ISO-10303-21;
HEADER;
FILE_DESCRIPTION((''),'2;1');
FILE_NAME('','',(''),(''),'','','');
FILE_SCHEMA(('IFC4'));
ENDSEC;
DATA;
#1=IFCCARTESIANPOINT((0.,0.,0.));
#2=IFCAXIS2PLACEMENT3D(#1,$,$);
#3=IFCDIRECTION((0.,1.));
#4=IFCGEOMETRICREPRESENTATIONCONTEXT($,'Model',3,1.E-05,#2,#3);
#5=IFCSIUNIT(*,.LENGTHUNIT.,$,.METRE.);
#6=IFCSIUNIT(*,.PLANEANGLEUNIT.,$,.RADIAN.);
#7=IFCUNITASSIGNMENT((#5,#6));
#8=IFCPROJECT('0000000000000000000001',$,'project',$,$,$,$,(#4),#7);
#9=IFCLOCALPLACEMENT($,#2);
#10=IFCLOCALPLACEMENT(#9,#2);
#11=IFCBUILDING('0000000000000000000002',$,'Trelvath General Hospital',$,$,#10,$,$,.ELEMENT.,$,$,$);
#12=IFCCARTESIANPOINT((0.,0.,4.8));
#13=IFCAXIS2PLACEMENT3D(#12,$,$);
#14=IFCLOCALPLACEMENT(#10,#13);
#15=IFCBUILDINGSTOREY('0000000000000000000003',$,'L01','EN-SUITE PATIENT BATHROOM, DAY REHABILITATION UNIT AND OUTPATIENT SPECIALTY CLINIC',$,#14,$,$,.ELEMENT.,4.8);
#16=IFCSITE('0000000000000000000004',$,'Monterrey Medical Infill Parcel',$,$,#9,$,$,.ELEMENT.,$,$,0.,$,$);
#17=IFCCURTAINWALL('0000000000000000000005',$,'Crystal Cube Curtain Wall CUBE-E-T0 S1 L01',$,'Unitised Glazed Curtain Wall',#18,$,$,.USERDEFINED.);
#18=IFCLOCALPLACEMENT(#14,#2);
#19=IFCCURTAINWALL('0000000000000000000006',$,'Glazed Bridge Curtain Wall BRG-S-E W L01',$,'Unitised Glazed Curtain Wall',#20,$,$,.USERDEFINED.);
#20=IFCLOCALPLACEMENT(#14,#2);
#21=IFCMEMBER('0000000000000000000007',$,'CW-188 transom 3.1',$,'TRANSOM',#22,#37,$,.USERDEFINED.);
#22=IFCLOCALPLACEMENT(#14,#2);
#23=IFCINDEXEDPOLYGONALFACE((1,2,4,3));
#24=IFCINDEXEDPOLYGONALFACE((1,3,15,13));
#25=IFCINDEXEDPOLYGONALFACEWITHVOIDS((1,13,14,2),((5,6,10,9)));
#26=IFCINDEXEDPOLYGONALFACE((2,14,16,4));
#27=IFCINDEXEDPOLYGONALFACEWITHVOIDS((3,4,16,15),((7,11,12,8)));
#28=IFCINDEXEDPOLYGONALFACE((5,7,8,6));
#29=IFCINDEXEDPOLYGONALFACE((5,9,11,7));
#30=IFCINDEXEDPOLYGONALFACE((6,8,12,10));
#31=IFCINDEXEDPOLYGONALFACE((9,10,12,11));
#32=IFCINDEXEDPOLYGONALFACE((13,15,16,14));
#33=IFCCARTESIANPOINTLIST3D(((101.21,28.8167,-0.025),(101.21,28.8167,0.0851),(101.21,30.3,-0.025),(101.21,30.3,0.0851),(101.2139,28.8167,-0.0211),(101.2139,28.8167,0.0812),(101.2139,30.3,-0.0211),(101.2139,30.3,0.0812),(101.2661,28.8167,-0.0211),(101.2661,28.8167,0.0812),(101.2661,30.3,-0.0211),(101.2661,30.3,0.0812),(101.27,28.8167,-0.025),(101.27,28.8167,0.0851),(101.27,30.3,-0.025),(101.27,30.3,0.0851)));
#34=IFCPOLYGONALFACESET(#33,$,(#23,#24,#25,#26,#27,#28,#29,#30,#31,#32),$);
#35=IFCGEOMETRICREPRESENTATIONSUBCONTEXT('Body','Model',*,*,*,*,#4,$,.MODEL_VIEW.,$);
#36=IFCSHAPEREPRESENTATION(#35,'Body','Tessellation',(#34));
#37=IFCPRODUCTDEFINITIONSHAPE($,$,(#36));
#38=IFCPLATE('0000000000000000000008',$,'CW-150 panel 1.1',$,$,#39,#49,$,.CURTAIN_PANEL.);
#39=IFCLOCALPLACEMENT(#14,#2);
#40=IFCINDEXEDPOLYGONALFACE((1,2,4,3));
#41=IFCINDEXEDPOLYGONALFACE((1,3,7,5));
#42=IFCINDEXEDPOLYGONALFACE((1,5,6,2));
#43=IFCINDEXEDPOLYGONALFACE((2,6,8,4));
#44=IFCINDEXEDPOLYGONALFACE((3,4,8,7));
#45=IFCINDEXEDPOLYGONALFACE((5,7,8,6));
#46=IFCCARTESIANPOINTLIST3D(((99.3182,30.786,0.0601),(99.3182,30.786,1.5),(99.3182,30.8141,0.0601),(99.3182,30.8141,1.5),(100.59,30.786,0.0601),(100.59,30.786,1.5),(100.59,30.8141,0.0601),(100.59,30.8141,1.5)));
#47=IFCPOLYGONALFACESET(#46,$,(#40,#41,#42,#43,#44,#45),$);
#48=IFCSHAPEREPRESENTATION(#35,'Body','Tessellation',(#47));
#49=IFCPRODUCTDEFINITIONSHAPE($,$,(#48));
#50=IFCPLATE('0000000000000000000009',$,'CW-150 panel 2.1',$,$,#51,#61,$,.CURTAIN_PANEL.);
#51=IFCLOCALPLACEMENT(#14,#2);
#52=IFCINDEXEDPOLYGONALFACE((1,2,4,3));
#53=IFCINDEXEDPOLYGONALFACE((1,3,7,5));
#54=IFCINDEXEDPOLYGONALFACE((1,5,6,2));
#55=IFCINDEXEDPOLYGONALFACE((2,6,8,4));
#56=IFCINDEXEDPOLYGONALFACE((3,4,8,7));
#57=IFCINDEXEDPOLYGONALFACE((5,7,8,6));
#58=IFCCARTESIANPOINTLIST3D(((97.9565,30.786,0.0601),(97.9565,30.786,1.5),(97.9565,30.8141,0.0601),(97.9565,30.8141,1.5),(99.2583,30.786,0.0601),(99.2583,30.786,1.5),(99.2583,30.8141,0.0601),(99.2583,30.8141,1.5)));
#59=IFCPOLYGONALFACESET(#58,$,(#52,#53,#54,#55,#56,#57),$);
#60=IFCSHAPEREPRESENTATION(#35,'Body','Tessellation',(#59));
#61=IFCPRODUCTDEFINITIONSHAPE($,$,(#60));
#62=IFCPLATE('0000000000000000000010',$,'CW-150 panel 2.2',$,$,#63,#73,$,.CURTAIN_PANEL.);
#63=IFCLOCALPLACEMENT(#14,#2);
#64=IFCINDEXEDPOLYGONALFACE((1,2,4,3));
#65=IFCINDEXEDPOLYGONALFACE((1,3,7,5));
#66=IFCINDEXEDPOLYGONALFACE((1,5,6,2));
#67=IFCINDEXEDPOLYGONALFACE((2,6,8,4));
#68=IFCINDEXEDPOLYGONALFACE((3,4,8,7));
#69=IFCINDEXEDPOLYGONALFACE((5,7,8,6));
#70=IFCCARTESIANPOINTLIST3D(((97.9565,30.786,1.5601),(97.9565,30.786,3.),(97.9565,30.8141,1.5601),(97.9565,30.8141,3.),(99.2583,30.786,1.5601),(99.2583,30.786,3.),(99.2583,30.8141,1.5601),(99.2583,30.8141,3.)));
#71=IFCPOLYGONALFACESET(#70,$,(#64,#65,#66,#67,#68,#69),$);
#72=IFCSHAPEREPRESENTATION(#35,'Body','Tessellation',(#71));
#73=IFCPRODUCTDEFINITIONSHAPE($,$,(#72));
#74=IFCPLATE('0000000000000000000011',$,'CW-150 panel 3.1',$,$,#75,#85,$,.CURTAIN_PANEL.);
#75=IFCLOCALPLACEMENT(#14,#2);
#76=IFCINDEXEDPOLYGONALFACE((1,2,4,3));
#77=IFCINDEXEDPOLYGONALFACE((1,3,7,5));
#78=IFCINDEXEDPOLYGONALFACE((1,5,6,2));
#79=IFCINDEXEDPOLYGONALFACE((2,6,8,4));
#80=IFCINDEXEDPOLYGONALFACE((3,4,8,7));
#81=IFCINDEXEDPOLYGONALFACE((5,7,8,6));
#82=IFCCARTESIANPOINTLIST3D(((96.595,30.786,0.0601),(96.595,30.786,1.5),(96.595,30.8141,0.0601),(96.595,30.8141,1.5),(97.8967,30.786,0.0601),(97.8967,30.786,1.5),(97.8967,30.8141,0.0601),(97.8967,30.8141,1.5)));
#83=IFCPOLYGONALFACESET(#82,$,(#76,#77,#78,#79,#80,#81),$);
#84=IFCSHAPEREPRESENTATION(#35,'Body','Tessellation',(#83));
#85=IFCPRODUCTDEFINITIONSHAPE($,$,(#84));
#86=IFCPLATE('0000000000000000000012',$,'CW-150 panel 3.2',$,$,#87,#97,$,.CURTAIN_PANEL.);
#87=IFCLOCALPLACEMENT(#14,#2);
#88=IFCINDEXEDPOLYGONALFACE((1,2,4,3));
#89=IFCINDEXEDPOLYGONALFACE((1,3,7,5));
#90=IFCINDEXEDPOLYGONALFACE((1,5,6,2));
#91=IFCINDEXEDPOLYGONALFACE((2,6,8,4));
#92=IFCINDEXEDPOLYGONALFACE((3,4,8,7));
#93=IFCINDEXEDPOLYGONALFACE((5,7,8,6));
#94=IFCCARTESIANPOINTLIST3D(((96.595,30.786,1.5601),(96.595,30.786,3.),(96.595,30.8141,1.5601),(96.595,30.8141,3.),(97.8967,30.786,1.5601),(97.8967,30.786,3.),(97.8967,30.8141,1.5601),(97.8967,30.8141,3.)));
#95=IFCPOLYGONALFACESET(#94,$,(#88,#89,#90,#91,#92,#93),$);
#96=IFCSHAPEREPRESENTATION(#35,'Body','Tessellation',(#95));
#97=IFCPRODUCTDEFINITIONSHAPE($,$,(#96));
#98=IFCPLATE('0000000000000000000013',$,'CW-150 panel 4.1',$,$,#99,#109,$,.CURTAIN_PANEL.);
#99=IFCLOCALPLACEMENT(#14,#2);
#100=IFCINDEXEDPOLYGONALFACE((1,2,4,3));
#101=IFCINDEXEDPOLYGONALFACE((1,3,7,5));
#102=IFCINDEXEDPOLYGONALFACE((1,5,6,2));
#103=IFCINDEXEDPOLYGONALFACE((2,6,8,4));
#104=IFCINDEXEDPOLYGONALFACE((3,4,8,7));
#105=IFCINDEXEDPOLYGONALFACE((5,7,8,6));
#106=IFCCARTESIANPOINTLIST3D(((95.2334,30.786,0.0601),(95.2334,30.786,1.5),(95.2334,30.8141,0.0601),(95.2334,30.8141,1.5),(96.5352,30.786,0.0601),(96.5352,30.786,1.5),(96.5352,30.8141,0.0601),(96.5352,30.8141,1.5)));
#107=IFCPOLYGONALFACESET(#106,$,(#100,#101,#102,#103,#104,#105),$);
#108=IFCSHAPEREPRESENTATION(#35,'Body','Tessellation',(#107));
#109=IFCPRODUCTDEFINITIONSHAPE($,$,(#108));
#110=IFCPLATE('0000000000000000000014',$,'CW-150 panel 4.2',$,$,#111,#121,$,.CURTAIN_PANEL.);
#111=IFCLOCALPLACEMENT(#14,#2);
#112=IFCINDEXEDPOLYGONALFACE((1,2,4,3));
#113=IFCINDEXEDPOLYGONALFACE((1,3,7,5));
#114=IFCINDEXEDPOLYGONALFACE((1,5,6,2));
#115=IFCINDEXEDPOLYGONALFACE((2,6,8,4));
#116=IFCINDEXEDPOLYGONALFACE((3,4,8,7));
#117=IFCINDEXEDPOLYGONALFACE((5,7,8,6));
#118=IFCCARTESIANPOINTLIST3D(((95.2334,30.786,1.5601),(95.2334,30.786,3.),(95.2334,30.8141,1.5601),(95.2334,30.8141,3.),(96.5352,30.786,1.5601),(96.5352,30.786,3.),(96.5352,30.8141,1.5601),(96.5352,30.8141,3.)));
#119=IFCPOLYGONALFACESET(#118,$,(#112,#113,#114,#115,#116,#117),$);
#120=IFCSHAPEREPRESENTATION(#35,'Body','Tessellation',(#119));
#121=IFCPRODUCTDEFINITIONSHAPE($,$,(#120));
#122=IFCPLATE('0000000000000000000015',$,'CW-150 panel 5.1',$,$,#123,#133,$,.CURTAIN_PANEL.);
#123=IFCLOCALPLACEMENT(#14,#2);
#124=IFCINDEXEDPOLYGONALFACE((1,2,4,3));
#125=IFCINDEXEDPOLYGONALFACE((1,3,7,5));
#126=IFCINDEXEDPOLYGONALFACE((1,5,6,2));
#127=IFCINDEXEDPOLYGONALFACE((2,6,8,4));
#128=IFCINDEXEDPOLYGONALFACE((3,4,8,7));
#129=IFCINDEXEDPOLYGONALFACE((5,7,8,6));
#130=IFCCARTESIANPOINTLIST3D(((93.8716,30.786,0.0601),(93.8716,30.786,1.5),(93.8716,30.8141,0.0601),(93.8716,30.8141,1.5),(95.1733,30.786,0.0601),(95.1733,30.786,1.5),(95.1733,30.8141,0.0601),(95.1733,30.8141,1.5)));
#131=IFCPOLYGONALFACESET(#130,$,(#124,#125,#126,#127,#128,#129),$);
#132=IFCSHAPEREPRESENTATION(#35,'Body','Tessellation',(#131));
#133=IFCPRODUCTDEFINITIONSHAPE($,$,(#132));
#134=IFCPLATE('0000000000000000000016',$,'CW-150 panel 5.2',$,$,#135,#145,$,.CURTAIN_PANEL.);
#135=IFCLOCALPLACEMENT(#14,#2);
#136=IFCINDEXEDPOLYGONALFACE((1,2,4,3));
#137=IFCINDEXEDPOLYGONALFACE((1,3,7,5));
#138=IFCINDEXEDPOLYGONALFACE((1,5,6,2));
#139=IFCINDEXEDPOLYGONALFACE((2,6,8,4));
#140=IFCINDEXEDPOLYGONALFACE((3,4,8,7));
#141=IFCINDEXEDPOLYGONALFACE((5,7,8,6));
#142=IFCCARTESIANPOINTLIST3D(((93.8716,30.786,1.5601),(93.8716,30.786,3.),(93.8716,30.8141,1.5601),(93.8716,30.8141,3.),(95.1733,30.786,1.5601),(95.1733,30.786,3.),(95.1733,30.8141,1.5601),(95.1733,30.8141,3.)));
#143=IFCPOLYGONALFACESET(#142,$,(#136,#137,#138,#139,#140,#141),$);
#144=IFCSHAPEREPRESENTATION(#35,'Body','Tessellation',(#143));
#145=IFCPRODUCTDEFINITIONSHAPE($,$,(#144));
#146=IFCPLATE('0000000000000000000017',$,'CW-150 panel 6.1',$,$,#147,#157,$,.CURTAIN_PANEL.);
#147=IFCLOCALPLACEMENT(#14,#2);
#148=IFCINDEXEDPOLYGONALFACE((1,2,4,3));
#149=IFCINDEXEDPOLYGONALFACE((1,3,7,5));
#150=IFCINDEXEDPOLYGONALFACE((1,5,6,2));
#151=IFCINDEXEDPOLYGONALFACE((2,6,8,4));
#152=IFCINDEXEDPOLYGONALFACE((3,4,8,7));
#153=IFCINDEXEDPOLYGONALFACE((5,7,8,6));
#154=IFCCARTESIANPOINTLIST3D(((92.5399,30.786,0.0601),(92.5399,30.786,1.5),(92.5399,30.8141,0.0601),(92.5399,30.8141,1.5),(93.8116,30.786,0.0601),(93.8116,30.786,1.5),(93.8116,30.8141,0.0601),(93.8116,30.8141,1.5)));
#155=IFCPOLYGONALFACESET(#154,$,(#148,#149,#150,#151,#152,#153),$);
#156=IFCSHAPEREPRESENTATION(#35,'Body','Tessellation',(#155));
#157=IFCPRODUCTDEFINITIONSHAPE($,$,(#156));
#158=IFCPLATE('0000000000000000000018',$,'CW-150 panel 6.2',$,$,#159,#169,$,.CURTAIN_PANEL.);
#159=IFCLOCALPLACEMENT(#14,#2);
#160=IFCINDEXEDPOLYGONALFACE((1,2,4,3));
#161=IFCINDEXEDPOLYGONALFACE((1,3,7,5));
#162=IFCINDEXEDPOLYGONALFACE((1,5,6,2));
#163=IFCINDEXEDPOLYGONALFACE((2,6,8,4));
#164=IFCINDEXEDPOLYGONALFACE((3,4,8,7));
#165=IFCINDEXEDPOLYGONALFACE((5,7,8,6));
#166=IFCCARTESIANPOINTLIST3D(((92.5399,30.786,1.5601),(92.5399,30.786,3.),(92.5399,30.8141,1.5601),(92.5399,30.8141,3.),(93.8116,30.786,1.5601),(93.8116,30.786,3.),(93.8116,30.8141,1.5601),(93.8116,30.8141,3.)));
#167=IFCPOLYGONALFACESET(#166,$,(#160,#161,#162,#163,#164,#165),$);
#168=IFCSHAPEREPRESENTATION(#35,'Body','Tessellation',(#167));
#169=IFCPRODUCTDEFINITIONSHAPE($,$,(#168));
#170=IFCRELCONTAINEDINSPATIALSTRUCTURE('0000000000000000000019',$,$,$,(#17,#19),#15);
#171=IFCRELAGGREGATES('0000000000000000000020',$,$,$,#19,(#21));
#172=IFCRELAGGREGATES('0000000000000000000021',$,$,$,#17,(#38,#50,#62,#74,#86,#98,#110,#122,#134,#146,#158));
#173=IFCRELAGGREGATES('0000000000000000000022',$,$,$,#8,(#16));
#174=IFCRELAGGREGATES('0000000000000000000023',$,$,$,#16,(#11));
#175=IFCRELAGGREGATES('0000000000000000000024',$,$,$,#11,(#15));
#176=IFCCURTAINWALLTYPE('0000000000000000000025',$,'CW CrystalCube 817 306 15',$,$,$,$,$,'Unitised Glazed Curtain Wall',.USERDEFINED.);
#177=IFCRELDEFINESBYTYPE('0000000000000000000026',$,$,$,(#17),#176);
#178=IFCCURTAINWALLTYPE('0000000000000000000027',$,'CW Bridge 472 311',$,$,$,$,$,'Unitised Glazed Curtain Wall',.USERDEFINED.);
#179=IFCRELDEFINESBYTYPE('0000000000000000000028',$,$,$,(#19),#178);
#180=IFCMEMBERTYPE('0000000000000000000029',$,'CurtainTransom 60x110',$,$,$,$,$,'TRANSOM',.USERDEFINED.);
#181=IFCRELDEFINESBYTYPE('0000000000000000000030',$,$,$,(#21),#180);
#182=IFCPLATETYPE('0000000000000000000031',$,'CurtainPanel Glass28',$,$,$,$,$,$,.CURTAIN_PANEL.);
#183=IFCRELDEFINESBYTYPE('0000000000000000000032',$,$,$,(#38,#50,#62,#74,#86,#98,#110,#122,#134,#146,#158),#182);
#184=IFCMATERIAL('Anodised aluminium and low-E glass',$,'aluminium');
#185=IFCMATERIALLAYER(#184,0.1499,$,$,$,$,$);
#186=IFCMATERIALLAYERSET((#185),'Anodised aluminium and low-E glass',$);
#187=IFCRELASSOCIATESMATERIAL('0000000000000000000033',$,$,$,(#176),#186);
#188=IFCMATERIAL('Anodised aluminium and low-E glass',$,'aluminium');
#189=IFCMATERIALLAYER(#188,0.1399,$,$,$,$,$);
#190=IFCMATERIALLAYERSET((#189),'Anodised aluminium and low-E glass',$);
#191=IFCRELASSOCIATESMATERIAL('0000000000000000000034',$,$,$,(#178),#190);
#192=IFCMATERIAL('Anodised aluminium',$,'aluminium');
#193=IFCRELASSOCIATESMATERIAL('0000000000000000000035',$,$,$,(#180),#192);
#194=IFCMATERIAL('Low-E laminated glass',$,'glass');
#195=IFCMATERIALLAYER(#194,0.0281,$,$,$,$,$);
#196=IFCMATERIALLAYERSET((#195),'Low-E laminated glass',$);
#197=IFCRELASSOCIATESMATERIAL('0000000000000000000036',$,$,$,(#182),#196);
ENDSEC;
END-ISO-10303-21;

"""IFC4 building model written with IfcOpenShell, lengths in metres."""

from ifc_helpers import new_model, si_unit, direction, frame, origin, origin_2d, place, context, subcontext, project, spatial, rectangle, hollow_rectangle, extrude, material, layer, layer_set, material_profile, profile_set, type_object, element, aggregate, save


model = new_model("IFC4")

# Units and contexts
model_context = context("Model", 3, precision=1e-05, world=origin(), true_north=direction((0.0, 1.0)))
body_context = subcontext(model_context, "Body", "Model", "MODEL_VIEW")
ifc_project = project(units=[si_unit("LENGTHUNIT", "METRE"), si_unit("PLANEANGLEUNIT", "RADIAN")], contexts=[model_context])

# Site, building, storey
site_placement = place(None, origin())
site = spatial("IfcSite", under=ifc_project, at=site_placement, Name="Monterrey Medical Infill Parcel", CompositionType="ELEMENT", RefElevation=0.0)
building_placement = place(site_placement, origin())
building = spatial("IfcBuilding", under=site, at=building_placement, Name="Trelvath General Hospital", CompositionType="ELEMENT")
storey_placement = place(building_placement, frame((0.0, 0.0, 4.8)))
storey = spatial("IfcBuildingStorey", under=building, at=storey_placement, Name="L01", Description="EN-SUITE PATIENT BATHROOM, DAY REHABILITATION UNIT AND OUTPATIENT SPECIALTY CLINIC", CompositionType="ELEMENT", Elevation=4.8)

# Curtain wall
ifc_material_1 = material(Name="Anodised aluminium and low-E glass", Category="aluminium")
ifc_layer_1 = layer(ifc_material_1, 0.1499)
ifc_layer_set_1 = layer_set([ifc_layer_1], Name="Anodised aluminium and low-E glass")
curtain_wall_type_1 = type_object("IfcCurtainWallType", Name="CW CrystalCube 817 306 15", ElementType="Unitised Glazed Curtain Wall", PredefinedType="USERDEFINED", material=ifc_layer_set_1)
curtain_wall_1_placement = place(storey_placement, origin())
curtain_wall_1 = element("IfcCurtainWall", 1, at=curtain_wall_1_placement, inside=storey, type_object=curtain_wall_type_1, Name="Crystal Cube Curtain Wall CUBE-E-T0 S1 L01", ObjectType="Unitised Glazed Curtain Wall", PredefinedType="USERDEFINED")

# Curtain wall
ifc_material_2 = material(Name="Anodised aluminium and low-E glass", Category="aluminium")
ifc_layer_2 = layer(ifc_material_2, 0.1399)
ifc_layer_set_2 = layer_set([ifc_layer_2], Name="Anodised aluminium and low-E glass")
curtain_wall_type_2 = type_object("IfcCurtainWallType", Name="CW Bridge 472 311", ElementType="Unitised Glazed Curtain Wall", PredefinedType="USERDEFINED", material=ifc_layer_set_2)
curtain_wall_2_placement = place(storey_placement, origin())
curtain_wall_2 = element("IfcCurtainWall", 2, at=curtain_wall_2_placement, inside=storey, type_object=curtain_wall_type_2, Name="Glazed Bridge Curtain Wall BRG-S-E W L01", ObjectType="Unitised Glazed Curtain Wall", PredefinedType="USERDEFINED")

# Member
ifc_material_3 = material(Name="Anodised aluminium", Category="aluminium")
ifc_material_profile_1 = material_profile(ifc_material_3, hollow_rectangle(XDim=0.0601, YDim=0.1101, WallThickness=0.0039, at=origin_2d()), Name="RHS60x110x4")
ifc_profile_set_1 = profile_set([ifc_material_profile_1], Name="Anodised aluminium")
member_type_1 = type_object("IfcMemberType", Name="CurtainTransom 60x110", ElementType="TRANSOM", PredefinedType="USERDEFINED", material=ifc_profile_set_1)
member_1_placement = place(storey_placement, frame((101.24, 28.8167, 0.03), z_axis=(0.0, 1.0, 0.0), x_axis=(-1.0, 0.0, 0.0)))
member_1 = element("IfcMember", 3, at=member_1_placement, type_object=member_type_1, Name="CW-188 transom 3.1", ObjectType="TRANSOM", PredefinedType="USERDEFINED", context=body_context, shape_type="SweptSolid", body=[
    extrude(hollow_rectangle(XDim=0.0601, YDim=0.1101, WallThickness=0.0039, at=origin_2d()), origin(), (0.0, 0.0, 1.0), 1.4834),
])
aggregate(curtain_wall_2, [member_1])

# Plates
ifc_material_4 = material(Name="Low-E laminated glass", Category="glass")
ifc_layer_3 = layer(ifc_material_4, 0.0281)
ifc_layer_set_3 = layer_set([ifc_layer_3], Name="Low-E laminated glass")
plate_type = type_object("IfcPlateType", Name="CurtainPanel Glass28", PredefinedType="CURTAIN_PANEL", material=ifc_layer_set_3)
plate_1_placement = place(storey_placement, frame((99.9541, 30.8, 0.0601), z_axis=(0.0, 0.0, 1.0), x_axis=(-1.0, 0.0, 0.0)))
plate_1 = element("IfcPlate", 4, at=plate_1_placement, type_object=plate_type, Name="CW-150 panel 1.1", PredefinedType="CURTAIN_PANEL", context=body_context, shape_type="SweptSolid", body=[
    extrude(rectangle(XDim=1.2717, YDim=0.0281, at=origin_2d()), origin(), (0.0, 0.0, 1.0), 1.4399),
])
plate_2_placement = place(storey_placement, frame((98.6074, 30.8, 0.0601), z_axis=(0.0, 0.0, 1.0), x_axis=(-1.0, 0.0, 0.0)))
plate_2 = element("IfcPlate", 5, at=plate_2_placement, type_object=plate_type, Name="CW-150 panel 2.1", PredefinedType="CURTAIN_PANEL", context=body_context, shape_type="SweptSolid", body=[
    extrude(rectangle(XDim=1.3018, YDim=0.0281, at=origin_2d()), origin(), (0.0, 0.0, 1.0), 1.4399),
])
plate_3_placement = place(storey_placement, frame((98.6074, 30.8, 1.5601), z_axis=(0.0, 0.0, 1.0), x_axis=(-1.0, 0.0, 0.0)))
plate_3 = element("IfcPlate", 6, at=plate_3_placement, type_object=plate_type, Name="CW-150 panel 2.2", PredefinedType="CURTAIN_PANEL", context=body_context, shape_type="SweptSolid", body=[
    extrude(rectangle(XDim=1.3018, YDim=0.0281, at=origin_2d()), origin(), (0.0, 0.0, 1.0), 1.4399),
])
plate_4_placement = place(storey_placement, frame((97.2458, 30.8, 0.0601), z_axis=(0.0, 0.0, 1.0), x_axis=(-1.0, 0.0, 0.0)))
plate_4 = element("IfcPlate", 7, at=plate_4_placement, type_object=plate_type, Name="CW-150 panel 3.1", PredefinedType="CURTAIN_PANEL", context=body_context, shape_type="SweptSolid", body=[
    extrude(rectangle(XDim=1.3018, YDim=0.0281, at=origin_2d()), origin(), (0.0, 0.0, 1.0), 1.4399),
])
plate_5_placement = place(storey_placement, frame((97.2458, 30.8, 1.5601), z_axis=(0.0, 0.0, 1.0), x_axis=(-1.0, 0.0, 0.0)))
plate_5 = element("IfcPlate", 8, at=plate_5_placement, type_object=plate_type, Name="CW-150 panel 3.2", PredefinedType="CURTAIN_PANEL", context=body_context, shape_type="SweptSolid", body=[
    extrude(rectangle(XDim=1.3018, YDim=0.0281, at=origin_2d()), origin(), (0.0, 0.0, 1.0), 1.4399),
])
plate_6_placement = place(storey_placement, frame((95.8843, 30.8, 0.0601), z_axis=(0.0, 0.0, 1.0), x_axis=(-1.0, 0.0, 0.0)))
plate_6 = element("IfcPlate", 9, at=plate_6_placement, type_object=plate_type, Name="CW-150 panel 4.1", PredefinedType="CURTAIN_PANEL", context=body_context, shape_type="SweptSolid", body=[
    extrude(rectangle(XDim=1.3018, YDim=0.0281, at=origin_2d()), origin(), (0.0, 0.0, 1.0), 1.4399),
])
plate_7_placement = place(storey_placement, frame((95.8843, 30.8, 1.5601), z_axis=(0.0, 0.0, 1.0), x_axis=(-1.0, 0.0, 0.0)))
plate_7 = element("IfcPlate", 10, at=plate_7_placement, type_object=plate_type, Name="CW-150 panel 4.2", PredefinedType="CURTAIN_PANEL", context=body_context, shape_type="SweptSolid", body=[
    extrude(rectangle(XDim=1.3018, YDim=0.0281, at=origin_2d()), origin(), (0.0, 0.0, 1.0), 1.4399),
])
plate_8_placement = place(storey_placement, frame((94.5225, 30.8, 0.0601), z_axis=(0.0, 0.0, 1.0), x_axis=(-1.0, 0.0, 0.0)))
plate_8 = element("IfcPlate", 11, at=plate_8_placement, type_object=plate_type, Name="CW-150 panel 5.1", PredefinedType="CURTAIN_PANEL", context=body_context, shape_type="SweptSolid", body=[
    extrude(rectangle(XDim=1.3018, YDim=0.0281, at=origin_2d()), origin(), (0.0, 0.0, 1.0), 1.4399),
])
plate_9_placement = place(storey_placement, frame((94.5225, 30.8, 1.5601), z_axis=(0.0, 0.0, 1.0), x_axis=(-1.0, 0.0, 0.0)))
plate_9 = element("IfcPlate", 12, at=plate_9_placement, type_object=plate_type, Name="CW-150 panel 5.2", PredefinedType="CURTAIN_PANEL", context=body_context, shape_type="SweptSolid", body=[
    extrude(rectangle(XDim=1.3018, YDim=0.0281, at=origin_2d()), origin(), (0.0, 0.0, 1.0), 1.4399),
])
plate_10_placement = place(storey_placement, frame((93.1758, 30.8, 0.0601), z_axis=(0.0, 0.0, 1.0), x_axis=(-1.0, 0.0, 0.0)))
plate_10 = element("IfcPlate", 13, at=plate_10_placement, type_object=plate_type, Name="CW-150 panel 6.1", PredefinedType="CURTAIN_PANEL", context=body_context, shape_type="SweptSolid", body=[
    extrude(rectangle(XDim=1.2717, YDim=0.0281, at=origin_2d()), origin(), (0.0, 0.0, 1.0), 1.4399),
])
plate_11_placement = place(storey_placement, frame((93.1758, 30.8, 1.5601), z_axis=(0.0, 0.0, 1.0), x_axis=(-1.0, 0.0, 0.0)))
plate_11 = element("IfcPlate", 14, at=plate_11_placement, type_object=plate_type, Name="CW-150 panel 6.2", PredefinedType="CURTAIN_PANEL", context=body_context, shape_type="SweptSolid", body=[
    extrude(rectangle(XDim=1.2717, YDim=0.0281, at=origin_2d()), origin(), (0.0, 0.0, 1.0), 1.4399),
])
aggregate(curtain_wall_1, [plate_1, plate_2, plate_3, plate_4, plate_5, plate_6, plate_7, plate_8, plate_9, plate_10, plate_11])

save(model, "model.ifc")
